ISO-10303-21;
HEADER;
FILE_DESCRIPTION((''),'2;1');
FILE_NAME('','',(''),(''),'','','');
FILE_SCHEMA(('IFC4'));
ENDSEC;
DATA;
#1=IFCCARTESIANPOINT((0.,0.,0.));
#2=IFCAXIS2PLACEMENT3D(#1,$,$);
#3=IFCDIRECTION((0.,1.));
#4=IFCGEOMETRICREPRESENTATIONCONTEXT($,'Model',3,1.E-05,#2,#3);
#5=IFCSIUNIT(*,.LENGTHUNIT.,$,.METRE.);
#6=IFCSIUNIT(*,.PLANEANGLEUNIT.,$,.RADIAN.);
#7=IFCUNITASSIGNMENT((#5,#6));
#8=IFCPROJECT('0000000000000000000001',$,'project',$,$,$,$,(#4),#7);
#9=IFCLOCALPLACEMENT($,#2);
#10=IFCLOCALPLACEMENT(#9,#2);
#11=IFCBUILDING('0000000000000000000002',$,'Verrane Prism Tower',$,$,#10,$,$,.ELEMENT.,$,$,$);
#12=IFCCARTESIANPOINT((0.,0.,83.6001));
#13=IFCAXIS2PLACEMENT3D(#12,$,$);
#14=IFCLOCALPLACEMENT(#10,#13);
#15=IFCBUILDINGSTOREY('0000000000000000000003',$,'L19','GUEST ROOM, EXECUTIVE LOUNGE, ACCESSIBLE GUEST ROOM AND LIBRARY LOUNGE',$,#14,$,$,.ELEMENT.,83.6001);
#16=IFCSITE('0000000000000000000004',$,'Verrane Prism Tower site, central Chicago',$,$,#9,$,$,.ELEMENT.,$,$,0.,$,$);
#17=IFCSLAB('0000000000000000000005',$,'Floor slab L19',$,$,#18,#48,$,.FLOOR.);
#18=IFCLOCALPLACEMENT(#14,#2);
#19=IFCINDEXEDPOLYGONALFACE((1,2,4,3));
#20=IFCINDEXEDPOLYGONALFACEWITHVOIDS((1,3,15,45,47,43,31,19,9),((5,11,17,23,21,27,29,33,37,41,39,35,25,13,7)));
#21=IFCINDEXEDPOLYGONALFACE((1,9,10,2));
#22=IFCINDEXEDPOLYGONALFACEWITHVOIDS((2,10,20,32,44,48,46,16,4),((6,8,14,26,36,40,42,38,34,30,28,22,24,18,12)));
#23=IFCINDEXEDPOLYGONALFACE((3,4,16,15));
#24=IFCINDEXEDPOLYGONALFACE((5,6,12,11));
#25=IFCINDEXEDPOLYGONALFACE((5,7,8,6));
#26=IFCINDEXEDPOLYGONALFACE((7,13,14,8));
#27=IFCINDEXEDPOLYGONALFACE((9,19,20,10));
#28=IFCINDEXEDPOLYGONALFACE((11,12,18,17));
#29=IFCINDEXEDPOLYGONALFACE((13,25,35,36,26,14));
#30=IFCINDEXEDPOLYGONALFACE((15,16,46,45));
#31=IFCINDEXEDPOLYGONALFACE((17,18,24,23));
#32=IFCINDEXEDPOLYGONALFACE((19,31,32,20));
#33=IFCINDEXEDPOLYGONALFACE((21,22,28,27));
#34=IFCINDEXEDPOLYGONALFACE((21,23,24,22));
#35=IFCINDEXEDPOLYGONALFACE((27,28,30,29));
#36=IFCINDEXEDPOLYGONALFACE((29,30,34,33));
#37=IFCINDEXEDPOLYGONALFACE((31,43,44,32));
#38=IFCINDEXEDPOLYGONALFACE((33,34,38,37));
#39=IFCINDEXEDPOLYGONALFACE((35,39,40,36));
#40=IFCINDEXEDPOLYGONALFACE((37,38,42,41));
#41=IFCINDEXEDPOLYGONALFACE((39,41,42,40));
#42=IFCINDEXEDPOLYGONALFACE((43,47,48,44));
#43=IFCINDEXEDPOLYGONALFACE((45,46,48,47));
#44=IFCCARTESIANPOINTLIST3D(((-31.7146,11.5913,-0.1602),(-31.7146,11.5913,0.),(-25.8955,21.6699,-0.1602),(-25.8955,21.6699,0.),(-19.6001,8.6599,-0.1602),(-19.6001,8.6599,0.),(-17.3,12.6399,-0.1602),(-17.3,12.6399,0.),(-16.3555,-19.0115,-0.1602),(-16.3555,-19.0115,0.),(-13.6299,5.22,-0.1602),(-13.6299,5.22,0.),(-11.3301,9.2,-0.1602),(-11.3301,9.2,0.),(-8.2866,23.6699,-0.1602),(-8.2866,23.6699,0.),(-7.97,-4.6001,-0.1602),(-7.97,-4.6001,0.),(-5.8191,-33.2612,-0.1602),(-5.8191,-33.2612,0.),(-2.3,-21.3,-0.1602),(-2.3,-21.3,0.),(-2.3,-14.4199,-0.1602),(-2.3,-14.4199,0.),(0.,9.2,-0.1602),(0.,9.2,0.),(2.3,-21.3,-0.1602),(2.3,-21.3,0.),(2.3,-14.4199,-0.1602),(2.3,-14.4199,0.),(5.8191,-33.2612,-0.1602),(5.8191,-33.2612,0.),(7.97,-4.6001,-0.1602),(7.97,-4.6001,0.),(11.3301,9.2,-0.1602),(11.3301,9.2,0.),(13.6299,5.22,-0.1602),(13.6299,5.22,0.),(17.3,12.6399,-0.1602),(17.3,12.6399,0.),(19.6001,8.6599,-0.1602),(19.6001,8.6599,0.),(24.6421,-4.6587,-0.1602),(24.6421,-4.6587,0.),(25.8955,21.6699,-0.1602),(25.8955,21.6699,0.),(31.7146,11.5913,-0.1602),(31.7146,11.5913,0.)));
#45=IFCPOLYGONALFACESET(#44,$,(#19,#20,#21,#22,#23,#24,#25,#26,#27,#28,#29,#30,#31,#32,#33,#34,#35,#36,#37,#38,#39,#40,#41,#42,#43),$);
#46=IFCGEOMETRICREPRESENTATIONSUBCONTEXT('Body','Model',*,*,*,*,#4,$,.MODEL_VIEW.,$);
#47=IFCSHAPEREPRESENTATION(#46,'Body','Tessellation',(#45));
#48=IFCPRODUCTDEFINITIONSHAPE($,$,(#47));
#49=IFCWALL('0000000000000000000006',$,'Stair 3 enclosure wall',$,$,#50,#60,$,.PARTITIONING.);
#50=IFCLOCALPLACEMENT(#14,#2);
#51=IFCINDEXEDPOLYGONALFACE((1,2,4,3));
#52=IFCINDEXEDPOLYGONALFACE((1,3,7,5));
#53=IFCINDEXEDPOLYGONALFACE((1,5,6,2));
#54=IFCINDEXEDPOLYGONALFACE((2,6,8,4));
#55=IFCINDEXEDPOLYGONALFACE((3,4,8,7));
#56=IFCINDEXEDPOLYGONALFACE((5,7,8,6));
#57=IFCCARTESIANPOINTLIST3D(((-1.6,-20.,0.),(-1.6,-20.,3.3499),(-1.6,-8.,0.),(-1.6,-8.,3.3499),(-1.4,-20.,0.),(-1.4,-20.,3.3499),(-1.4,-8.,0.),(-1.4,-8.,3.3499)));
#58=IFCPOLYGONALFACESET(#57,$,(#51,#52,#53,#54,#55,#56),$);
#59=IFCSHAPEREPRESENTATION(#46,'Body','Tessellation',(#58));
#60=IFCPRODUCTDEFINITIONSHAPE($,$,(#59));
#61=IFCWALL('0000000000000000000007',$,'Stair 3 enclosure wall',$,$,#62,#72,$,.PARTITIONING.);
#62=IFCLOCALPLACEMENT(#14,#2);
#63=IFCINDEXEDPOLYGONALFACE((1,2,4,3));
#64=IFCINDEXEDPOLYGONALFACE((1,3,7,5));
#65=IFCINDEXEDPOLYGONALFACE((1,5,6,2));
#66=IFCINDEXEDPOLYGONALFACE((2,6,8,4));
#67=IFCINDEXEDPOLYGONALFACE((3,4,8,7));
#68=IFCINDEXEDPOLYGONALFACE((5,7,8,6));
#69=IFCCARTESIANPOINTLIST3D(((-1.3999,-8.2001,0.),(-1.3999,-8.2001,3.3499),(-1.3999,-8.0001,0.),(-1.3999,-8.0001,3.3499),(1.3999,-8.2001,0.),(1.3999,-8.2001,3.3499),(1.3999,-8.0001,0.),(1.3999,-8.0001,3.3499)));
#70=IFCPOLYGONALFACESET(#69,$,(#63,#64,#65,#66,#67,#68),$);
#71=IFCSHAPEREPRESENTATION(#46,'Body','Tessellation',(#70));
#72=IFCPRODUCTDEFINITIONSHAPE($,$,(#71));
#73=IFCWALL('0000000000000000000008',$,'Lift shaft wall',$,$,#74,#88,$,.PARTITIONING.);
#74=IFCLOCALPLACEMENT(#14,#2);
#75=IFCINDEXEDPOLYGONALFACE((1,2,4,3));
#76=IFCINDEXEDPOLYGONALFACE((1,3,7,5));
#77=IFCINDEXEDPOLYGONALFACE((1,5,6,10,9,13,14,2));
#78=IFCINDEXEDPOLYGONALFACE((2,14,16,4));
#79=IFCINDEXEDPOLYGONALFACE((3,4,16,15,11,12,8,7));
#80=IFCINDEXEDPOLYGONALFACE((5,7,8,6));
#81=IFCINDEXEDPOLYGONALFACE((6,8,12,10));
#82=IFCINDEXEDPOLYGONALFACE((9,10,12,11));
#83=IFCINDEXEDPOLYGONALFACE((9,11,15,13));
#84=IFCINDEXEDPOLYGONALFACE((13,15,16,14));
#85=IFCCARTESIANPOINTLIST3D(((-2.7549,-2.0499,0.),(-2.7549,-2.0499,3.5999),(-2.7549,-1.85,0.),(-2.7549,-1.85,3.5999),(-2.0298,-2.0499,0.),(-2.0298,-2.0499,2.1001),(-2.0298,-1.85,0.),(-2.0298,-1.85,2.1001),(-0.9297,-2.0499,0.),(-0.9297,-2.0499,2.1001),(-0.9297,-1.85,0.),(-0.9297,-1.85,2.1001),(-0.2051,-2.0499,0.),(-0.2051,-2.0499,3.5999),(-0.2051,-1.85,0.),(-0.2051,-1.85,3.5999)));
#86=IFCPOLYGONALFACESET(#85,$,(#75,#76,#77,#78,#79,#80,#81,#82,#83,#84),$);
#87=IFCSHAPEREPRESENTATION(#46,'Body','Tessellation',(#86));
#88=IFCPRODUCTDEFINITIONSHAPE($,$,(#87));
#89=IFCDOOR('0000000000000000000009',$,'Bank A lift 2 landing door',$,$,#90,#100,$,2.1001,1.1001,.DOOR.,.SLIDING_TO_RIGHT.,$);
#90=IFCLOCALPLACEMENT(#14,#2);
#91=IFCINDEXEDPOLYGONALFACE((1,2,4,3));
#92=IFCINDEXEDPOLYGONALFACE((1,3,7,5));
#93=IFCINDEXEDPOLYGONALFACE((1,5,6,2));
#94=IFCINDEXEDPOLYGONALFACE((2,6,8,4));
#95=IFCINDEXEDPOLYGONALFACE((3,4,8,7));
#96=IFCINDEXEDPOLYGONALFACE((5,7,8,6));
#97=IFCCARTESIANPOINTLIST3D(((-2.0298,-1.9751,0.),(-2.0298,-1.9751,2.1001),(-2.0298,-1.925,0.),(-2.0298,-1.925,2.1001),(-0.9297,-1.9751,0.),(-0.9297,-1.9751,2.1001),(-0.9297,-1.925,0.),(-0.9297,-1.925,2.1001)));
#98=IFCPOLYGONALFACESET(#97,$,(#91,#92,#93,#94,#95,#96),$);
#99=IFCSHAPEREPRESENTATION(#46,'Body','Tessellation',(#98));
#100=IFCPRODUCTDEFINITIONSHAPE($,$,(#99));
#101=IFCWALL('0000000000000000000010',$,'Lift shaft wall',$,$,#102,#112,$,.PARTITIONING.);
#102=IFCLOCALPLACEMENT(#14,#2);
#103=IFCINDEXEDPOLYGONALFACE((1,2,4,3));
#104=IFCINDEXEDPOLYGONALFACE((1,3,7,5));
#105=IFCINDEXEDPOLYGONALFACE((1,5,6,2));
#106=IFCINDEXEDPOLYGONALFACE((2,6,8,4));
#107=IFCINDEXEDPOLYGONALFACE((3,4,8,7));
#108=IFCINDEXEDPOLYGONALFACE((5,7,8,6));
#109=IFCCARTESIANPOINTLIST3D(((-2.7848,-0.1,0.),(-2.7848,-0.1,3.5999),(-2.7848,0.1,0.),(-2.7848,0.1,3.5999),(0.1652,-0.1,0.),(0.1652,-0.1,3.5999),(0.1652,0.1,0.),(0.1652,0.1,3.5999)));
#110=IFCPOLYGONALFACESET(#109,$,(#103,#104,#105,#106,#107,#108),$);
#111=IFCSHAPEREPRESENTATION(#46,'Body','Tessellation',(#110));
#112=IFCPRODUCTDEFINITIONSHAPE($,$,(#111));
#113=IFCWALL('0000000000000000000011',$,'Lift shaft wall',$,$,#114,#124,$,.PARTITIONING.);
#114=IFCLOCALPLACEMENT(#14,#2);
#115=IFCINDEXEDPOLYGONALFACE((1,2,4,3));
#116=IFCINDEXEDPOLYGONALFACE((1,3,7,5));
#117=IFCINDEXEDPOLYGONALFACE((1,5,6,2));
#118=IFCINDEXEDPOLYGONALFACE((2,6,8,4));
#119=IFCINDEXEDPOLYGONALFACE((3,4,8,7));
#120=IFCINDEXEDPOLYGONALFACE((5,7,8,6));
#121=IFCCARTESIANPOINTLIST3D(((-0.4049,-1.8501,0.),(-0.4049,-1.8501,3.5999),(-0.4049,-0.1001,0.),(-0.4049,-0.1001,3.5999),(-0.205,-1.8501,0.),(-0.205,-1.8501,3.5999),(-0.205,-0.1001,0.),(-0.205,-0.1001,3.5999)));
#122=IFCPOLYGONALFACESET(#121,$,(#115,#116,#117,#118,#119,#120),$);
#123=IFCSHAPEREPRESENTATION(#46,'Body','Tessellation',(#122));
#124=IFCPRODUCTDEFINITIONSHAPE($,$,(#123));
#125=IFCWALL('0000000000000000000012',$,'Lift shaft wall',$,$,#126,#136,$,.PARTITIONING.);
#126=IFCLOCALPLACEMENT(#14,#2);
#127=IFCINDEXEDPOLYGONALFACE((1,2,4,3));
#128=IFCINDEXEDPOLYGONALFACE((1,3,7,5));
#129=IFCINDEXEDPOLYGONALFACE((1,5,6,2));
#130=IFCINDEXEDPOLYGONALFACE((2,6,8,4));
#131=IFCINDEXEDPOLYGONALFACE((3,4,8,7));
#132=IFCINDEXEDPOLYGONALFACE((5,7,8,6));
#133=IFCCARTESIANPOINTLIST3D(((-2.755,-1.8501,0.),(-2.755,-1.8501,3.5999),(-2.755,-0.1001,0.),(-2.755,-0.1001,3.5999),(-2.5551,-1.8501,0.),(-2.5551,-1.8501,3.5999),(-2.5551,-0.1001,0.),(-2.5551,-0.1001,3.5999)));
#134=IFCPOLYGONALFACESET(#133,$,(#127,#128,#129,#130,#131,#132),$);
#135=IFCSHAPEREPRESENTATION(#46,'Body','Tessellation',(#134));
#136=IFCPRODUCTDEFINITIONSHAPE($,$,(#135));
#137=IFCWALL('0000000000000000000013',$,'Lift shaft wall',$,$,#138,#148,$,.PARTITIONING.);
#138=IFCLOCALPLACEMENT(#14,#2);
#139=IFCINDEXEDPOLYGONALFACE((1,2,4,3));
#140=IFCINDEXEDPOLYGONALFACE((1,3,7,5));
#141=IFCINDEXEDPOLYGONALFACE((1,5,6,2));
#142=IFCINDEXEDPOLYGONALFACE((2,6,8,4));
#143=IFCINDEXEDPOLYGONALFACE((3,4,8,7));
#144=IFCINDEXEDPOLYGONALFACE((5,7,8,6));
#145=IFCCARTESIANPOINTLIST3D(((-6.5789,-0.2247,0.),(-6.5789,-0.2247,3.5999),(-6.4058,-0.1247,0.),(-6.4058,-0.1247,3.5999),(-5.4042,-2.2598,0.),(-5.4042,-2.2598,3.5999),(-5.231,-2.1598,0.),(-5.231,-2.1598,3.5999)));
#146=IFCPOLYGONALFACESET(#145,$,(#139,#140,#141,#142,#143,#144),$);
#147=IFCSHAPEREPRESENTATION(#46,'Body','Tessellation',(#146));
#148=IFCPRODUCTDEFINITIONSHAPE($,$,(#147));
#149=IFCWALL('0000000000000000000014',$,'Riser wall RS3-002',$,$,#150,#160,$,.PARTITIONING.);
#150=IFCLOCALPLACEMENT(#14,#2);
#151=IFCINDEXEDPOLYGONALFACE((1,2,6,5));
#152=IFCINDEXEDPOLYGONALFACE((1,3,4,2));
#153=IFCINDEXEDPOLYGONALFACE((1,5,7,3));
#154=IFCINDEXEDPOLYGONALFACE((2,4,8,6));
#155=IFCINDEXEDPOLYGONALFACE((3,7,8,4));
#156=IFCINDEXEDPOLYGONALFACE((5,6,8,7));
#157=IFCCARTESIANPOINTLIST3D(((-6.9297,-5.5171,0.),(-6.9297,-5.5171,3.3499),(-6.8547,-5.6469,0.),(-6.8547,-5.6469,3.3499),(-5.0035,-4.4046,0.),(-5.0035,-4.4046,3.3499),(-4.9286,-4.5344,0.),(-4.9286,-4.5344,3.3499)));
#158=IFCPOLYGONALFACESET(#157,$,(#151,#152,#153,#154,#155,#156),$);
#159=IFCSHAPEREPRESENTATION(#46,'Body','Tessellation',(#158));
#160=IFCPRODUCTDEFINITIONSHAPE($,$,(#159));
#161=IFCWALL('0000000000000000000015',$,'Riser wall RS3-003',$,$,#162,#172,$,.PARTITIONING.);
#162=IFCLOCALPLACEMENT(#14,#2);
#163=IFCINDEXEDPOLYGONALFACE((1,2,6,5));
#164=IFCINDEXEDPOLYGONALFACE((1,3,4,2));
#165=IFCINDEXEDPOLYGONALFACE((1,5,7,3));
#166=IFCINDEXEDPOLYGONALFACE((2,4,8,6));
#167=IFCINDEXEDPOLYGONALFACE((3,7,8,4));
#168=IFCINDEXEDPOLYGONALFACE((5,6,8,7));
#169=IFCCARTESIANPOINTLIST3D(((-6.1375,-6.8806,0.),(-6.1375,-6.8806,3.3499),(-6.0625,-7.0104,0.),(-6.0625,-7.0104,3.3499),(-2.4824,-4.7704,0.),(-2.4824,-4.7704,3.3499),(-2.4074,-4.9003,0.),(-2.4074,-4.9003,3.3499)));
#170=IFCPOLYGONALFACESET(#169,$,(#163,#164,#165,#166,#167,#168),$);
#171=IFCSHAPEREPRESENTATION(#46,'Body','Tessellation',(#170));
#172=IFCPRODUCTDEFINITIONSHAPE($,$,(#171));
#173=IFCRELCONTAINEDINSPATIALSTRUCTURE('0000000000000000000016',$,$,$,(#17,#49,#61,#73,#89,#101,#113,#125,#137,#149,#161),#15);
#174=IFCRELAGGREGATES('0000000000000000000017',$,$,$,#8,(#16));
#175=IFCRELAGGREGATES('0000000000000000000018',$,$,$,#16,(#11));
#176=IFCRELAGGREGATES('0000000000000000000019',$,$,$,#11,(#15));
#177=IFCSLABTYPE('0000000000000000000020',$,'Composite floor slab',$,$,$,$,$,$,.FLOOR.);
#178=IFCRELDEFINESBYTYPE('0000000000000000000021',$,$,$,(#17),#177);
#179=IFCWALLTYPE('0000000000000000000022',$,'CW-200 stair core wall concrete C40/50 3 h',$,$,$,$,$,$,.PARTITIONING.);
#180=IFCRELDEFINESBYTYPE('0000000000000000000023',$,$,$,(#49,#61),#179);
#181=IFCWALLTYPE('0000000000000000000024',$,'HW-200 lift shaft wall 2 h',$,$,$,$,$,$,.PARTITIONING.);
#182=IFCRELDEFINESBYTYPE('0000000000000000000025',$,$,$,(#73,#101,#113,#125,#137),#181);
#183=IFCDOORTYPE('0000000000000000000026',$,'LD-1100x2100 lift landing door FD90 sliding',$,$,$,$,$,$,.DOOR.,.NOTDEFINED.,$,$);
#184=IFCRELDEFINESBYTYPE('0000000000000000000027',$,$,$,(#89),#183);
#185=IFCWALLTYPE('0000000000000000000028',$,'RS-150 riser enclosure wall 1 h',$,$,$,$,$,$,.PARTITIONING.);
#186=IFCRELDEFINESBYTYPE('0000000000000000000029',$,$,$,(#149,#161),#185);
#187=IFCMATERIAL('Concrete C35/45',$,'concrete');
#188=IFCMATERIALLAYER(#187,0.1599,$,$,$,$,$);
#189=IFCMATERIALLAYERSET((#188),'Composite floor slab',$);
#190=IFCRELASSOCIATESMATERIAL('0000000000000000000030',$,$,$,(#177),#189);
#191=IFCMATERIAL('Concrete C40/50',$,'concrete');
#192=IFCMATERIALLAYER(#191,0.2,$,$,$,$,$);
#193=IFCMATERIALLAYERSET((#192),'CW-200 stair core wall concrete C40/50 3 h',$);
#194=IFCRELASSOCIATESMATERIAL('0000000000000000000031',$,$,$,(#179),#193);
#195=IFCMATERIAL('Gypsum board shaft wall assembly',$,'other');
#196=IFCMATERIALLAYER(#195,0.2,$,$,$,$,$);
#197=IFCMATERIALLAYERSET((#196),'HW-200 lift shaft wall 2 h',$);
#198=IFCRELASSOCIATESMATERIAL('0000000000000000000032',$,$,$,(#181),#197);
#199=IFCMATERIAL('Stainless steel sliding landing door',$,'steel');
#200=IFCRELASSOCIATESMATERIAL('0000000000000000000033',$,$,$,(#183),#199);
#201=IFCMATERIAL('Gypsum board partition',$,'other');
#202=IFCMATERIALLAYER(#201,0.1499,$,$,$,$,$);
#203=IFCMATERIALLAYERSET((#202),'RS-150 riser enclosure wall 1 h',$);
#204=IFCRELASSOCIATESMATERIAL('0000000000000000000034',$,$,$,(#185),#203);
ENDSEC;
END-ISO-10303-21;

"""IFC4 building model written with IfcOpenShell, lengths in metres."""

from ifc_helpers import new_model, si_unit, direction, frame, frame_2d, origin, place, context, subcontext, project, spatial, polyline, rectangle, outline, extrude, material, layer, layer_set, type_object, element, fill, save


model = new_model("IFC4")

# Units and contexts
model_context = context("Model", 3, precision=1e-05, world=origin(), true_north=direction((0.0, 1.0)))
body_context = subcontext(model_context, "Body", "Model", "MODEL_VIEW")
ifc_project = project(units=[si_unit("LENGTHUNIT", "METRE"), si_unit("PLANEANGLEUNIT", "RADIAN")], contexts=[model_context])

# Site, building, storey
site_placement = place(None, origin())
site = spatial("IfcSite", under=ifc_project, at=site_placement, Name="Verrane Prism Tower site, central Chicago", CompositionType="ELEMENT", RefElevation=0.0)
building_placement = place(site_placement, origin())
building = spatial("IfcBuilding", under=site, at=building_placement, Name="Verrane Prism Tower", CompositionType="ELEMENT")
storey_placement = place(building_placement, frame((0.0, 0.0, 83.6001)))
storey = spatial("IfcBuildingStorey", under=building, at=storey_placement, Name="L19", Description="GUEST ROOM, EXECUTIVE LOUNGE, ACCESSIBLE GUEST ROOM AND LIBRARY LOUNGE", CompositionType="ELEMENT", Elevation=83.6001)

# Slab
ifc_material_1 = material(Name="Concrete C35/45", Category="concrete")
ifc_layer_1 = layer(ifc_material_1, 0.1599)
ifc_layer_set_1 = layer_set([ifc_layer_1], Name="Composite floor slab")
slab_type = type_object("IfcSlabType", Name="Composite floor slab", PredefinedType="FLOOR", material=ifc_layer_set_1)
slab_placement = place(storey_placement, frame((0.0, 0.0, -0.1602)))
element("IfcSlab", 1, at=slab_placement, inside=storey, type_object=slab_type, Name="Floor slab L19", PredefinedType="FLOOR", context=body_context, shape_type="SweptSolid", body=[
    extrude(outline(polyline([(24.6421, -4.6587), (5.8191, -33.2612), (-5.8191, -33.2612), (-16.3555, -19.0115), (-31.7146, 11.5913), (-25.8955, 21.6699), (-8.2866, 23.6699), (25.8955, 21.6699), (31.7146, 11.5913), (24.6421, -4.6587)]), holes=[polyline([(19.6001, 8.6599), (17.3, 12.6399), (11.3301, 9.2), (0.0, 9.2), (-11.3301, 9.2), (-17.3, 12.6399), (-19.6001, 8.6599), (-13.6299, 5.22), (-7.97, -4.6001), (-2.3, -14.4199), (-2.3, -21.3), (2.3, -21.3), (2.3, -14.4199), (7.97, -4.6001), (13.6299, 5.22), (19.6001, 8.6599)])]), origin(), (0.0, 0.0, 1.0), 0.1602),
])

# Walls
ifc_material_2 = material(Name="Concrete C40/50", Category="concrete")
ifc_layer_2 = layer(ifc_material_2, 0.2)
ifc_layer_set_2 = layer_set([ifc_layer_2], Name="CW-200 stair core wall concrete C40/50 3 h")
wall_type_1 = type_object("IfcWallType", Name="CW-200 stair core wall concrete C40/50 3 h", PredefinedType="PARTITIONING", material=ifc_layer_set_2)
wall_1_placement = place(storey_placement, frame((-1.5, -8.0, 0.0), z_axis=(0.0, 0.0, 1.0), x_axis=(0.0, -1.0, 0.0)))
element("IfcWall", 2, at=wall_1_placement, inside=storey, type_object=wall_type_1, Name="Stair 3 enclosure wall", PredefinedType="PARTITIONING", context=body_context, shape_type="SweptSolid", body=[
    extrude(rectangle(XDim=12.0, YDim=0.2, at=frame_2d((6.0, 0.0))), origin(), (0.0, 0.0, 1.0), 3.3499),
])
wall_2_placement = place(storey_placement, frame((-1.3999, -8.1001, 0.0), z_axis=(0.0, 0.0, 1.0), x_axis=(1.0, 0.0, 0.0)))
element("IfcWall", 3, at=wall_2_placement, inside=storey, type_object=wall_type_1, Name="Stair 3 enclosure wall", PredefinedType="PARTITIONING", context=body_context, shape_type="SweptSolid", body=[
    extrude(rectangle(XDim=2.7998, YDim=0.2, at=frame_2d((1.3999, 0.0))), origin(), (0.0, 0.0, 1.0), 3.3499),
])

# Wall, opening, door
ifc_material_3 = material(Name="Gypsum board shaft wall assembly", Category="other")
ifc_layer_3 = layer(ifc_material_3, 0.2)
ifc_layer_set_3 = layer_set([ifc_layer_3], Name="HW-200 lift shaft wall 2 h")
wall_type_2 = type_object("IfcWallType", Name="HW-200 lift shaft wall 2 h", PredefinedType="PARTITIONING", material=ifc_layer_set_3)
wall_3_placement = place(storey_placement, frame((-2.7549, -1.95, 0.0), z_axis=(0.0, 0.0, 1.0), x_axis=(1.0, 0.0, 0.0)))
wall_3 = element("IfcWall", 4, at=wall_3_placement, inside=storey, type_object=wall_type_2, Name="Lift shaft wall", PredefinedType="PARTITIONING", context=body_context, shape_type="SweptSolid", body=[
    extrude(rectangle(XDim=2.5498, YDim=0.2, at=frame_2d((1.2749, 0.0))), origin(), (0.0, 0.0, 1.0), 3.5999),
])
opening_1_placement = place(wall_3_placement, frame((0.7251, 0.0, 0.0)))
opening_1 = element("IfcOpeningElement", 5, at=opening_1_placement, cuts=wall_3, PredefinedType="OPENING", context=body_context, shape_type="SweptSolid", body=[
    extrude(rectangle(XDim=1.1001, YDim=2.1001, at=frame_2d((0.55, 1.05))), frame((0.0, 0.1099, 0.0), z_axis=(0.0, -1.0, 0.0), x_axis=(1.0, 0.0, 0.0)), (0.0, 0.0, 1.0), 0.22),
])
ifc_material_4 = material(Name="Stainless steel sliding landing door", Category="steel")
door_type_1 = type_object("IfcDoorType", Name="LD-1100x2100 lift landing door FD90 sliding", OperationType="NOTDEFINED", PredefinedType="DOOR", material=ifc_material_4)
door_1_placement = place(opening_1_placement, origin())
door_1 = element("IfcDoor", 6, at=door_1_placement, inside=storey, type_object=door_type_1, Name="Bank A lift 2 landing door", OperationType="SLIDING_TO_RIGHT", OverallHeight=2.1001, OverallWidth=1.1001, PredefinedType="DOOR", context=body_context, shape_type="SweptSolid", body=[
    extrude(rectangle(XDim=1.1001, YDim=2.1001, at=frame_2d((0.55, 1.05))), frame((0.0, 0.0249, 0.0), z_axis=(0.0, -1.0, 0.0), x_axis=(1.0, 0.0, 0.0)), (0.0, 0.0, 1.0), 0.05),
])
fill(opening_1, door_1)

# Walls
wall_4_placement = place(storey_placement, frame((-2.7849, 0.0, 0.0), z_axis=(0.0, 0.0, 1.0), x_axis=(1.0, 0.0, 0.0)))
element("IfcWall", 7, at=wall_4_placement, inside=storey, type_object=wall_type_2, Name="Lift shaft wall", PredefinedType="PARTITIONING", context=body_context, shape_type="SweptSolid", body=[
    extrude(rectangle(XDim=2.95, YDim=0.2, at=frame_2d((1.4751, 0.0))), origin(), (0.0, 0.0, 1.0), 3.5999),
])
for number, where, z_axis, x_axis, name in (
    (8, (-0.3049, -1.8501, 0.0), (0.0, 0.0, 1.0), (0.0, 1.0, 0.0), "Lift shaft wall"),
    (9, (-2.655, -1.8501, 0.0), (0.0, 0.0, 1.0), (0.0, 1.0, 0.0), "Lift shaft wall"),
):
    element("IfcWall", number, at=place(storey_placement, frame(where, z_axis=z_axis, x_axis=x_axis)), inside=storey, type_object=wall_type_2, Name=name, PredefinedType="PARTITIONING", context=body_context, shape_type="SweptSolid", body=[
        extrude(rectangle(XDim=1.75, YDim=0.2, at=frame_2d((0.875, 0.0))), origin(), (0.0, 0.0, 1.0), 3.5999),
    ])
wall_5_placement = place(storey_placement, frame((-5.3176, -2.2097, 0.0), z_axis=(0.0, 0.0, 1.0), x_axis=(-0.499938, 0.866061, 0.0)))
element("IfcWall", 10, at=wall_5_placement, inside=storey, type_object=wall_type_2, Name="Lift shaft wall", PredefinedType="PARTITIONING", context=body_context, shape_type="SweptSolid", body=[
    extrude(rectangle(XDim=2.3499, YDim=0.2, at=frame_2d((1.1748, 0.0))), origin(), (0.0, 0.0, 1.0), 3.5999),
])
ifc_material_5 = material(Name="Gypsum board partition", Category="other")
ifc_layer_4 = layer(ifc_material_5, 0.1499)
ifc_layer_set_4 = layer_set([ifc_layer_4], Name="RS-150 riser enclosure wall 1 h")
wall_type_3 = type_object("IfcWallType", Name="RS-150 riser enclosure wall 1 h", PredefinedType="PARTITIONING", material=ifc_layer_set_4)
wall_6_placement = place(storey_placement, frame((-6.8923, -5.582, 0.0), z_axis=(0.0, 0.0, 1.0), x_axis=(0.865944, 0.50014, 0.0)))
element("IfcWall", 11, at=wall_6_placement, inside=storey, type_object=wall_type_3, Name="Riser wall RS3-002", PredefinedType="PARTITIONING", context=body_context, shape_type="SweptSolid", body=[
    extrude(rectangle(XDim=2.2244, YDim=0.1499, at=frame_2d((1.1123, 0.0))), origin(), (0.0, 0.0, 1.0), 3.3499),
])
wall_7_placement = place(storey_placement, frame((-6.1001, -6.9456, 0.0), z_axis=(0.0, 0.0, 1.0), x_axis=(0.866038, 0.499978, 0.0)))
element("IfcWall", 12, at=wall_7_placement, inside=storey, type_object=wall_type_3, Name="Riser wall RS3-003", PredefinedType="PARTITIONING", context=body_context, shape_type="SweptSolid", body=[
    extrude(rectangle(XDim=4.2205, YDim=0.1499, at=frame_2d((2.1104, 0.0))), origin(), (0.0, 0.0, 1.0), 3.3499),
])

save(model, "model.ifc")
